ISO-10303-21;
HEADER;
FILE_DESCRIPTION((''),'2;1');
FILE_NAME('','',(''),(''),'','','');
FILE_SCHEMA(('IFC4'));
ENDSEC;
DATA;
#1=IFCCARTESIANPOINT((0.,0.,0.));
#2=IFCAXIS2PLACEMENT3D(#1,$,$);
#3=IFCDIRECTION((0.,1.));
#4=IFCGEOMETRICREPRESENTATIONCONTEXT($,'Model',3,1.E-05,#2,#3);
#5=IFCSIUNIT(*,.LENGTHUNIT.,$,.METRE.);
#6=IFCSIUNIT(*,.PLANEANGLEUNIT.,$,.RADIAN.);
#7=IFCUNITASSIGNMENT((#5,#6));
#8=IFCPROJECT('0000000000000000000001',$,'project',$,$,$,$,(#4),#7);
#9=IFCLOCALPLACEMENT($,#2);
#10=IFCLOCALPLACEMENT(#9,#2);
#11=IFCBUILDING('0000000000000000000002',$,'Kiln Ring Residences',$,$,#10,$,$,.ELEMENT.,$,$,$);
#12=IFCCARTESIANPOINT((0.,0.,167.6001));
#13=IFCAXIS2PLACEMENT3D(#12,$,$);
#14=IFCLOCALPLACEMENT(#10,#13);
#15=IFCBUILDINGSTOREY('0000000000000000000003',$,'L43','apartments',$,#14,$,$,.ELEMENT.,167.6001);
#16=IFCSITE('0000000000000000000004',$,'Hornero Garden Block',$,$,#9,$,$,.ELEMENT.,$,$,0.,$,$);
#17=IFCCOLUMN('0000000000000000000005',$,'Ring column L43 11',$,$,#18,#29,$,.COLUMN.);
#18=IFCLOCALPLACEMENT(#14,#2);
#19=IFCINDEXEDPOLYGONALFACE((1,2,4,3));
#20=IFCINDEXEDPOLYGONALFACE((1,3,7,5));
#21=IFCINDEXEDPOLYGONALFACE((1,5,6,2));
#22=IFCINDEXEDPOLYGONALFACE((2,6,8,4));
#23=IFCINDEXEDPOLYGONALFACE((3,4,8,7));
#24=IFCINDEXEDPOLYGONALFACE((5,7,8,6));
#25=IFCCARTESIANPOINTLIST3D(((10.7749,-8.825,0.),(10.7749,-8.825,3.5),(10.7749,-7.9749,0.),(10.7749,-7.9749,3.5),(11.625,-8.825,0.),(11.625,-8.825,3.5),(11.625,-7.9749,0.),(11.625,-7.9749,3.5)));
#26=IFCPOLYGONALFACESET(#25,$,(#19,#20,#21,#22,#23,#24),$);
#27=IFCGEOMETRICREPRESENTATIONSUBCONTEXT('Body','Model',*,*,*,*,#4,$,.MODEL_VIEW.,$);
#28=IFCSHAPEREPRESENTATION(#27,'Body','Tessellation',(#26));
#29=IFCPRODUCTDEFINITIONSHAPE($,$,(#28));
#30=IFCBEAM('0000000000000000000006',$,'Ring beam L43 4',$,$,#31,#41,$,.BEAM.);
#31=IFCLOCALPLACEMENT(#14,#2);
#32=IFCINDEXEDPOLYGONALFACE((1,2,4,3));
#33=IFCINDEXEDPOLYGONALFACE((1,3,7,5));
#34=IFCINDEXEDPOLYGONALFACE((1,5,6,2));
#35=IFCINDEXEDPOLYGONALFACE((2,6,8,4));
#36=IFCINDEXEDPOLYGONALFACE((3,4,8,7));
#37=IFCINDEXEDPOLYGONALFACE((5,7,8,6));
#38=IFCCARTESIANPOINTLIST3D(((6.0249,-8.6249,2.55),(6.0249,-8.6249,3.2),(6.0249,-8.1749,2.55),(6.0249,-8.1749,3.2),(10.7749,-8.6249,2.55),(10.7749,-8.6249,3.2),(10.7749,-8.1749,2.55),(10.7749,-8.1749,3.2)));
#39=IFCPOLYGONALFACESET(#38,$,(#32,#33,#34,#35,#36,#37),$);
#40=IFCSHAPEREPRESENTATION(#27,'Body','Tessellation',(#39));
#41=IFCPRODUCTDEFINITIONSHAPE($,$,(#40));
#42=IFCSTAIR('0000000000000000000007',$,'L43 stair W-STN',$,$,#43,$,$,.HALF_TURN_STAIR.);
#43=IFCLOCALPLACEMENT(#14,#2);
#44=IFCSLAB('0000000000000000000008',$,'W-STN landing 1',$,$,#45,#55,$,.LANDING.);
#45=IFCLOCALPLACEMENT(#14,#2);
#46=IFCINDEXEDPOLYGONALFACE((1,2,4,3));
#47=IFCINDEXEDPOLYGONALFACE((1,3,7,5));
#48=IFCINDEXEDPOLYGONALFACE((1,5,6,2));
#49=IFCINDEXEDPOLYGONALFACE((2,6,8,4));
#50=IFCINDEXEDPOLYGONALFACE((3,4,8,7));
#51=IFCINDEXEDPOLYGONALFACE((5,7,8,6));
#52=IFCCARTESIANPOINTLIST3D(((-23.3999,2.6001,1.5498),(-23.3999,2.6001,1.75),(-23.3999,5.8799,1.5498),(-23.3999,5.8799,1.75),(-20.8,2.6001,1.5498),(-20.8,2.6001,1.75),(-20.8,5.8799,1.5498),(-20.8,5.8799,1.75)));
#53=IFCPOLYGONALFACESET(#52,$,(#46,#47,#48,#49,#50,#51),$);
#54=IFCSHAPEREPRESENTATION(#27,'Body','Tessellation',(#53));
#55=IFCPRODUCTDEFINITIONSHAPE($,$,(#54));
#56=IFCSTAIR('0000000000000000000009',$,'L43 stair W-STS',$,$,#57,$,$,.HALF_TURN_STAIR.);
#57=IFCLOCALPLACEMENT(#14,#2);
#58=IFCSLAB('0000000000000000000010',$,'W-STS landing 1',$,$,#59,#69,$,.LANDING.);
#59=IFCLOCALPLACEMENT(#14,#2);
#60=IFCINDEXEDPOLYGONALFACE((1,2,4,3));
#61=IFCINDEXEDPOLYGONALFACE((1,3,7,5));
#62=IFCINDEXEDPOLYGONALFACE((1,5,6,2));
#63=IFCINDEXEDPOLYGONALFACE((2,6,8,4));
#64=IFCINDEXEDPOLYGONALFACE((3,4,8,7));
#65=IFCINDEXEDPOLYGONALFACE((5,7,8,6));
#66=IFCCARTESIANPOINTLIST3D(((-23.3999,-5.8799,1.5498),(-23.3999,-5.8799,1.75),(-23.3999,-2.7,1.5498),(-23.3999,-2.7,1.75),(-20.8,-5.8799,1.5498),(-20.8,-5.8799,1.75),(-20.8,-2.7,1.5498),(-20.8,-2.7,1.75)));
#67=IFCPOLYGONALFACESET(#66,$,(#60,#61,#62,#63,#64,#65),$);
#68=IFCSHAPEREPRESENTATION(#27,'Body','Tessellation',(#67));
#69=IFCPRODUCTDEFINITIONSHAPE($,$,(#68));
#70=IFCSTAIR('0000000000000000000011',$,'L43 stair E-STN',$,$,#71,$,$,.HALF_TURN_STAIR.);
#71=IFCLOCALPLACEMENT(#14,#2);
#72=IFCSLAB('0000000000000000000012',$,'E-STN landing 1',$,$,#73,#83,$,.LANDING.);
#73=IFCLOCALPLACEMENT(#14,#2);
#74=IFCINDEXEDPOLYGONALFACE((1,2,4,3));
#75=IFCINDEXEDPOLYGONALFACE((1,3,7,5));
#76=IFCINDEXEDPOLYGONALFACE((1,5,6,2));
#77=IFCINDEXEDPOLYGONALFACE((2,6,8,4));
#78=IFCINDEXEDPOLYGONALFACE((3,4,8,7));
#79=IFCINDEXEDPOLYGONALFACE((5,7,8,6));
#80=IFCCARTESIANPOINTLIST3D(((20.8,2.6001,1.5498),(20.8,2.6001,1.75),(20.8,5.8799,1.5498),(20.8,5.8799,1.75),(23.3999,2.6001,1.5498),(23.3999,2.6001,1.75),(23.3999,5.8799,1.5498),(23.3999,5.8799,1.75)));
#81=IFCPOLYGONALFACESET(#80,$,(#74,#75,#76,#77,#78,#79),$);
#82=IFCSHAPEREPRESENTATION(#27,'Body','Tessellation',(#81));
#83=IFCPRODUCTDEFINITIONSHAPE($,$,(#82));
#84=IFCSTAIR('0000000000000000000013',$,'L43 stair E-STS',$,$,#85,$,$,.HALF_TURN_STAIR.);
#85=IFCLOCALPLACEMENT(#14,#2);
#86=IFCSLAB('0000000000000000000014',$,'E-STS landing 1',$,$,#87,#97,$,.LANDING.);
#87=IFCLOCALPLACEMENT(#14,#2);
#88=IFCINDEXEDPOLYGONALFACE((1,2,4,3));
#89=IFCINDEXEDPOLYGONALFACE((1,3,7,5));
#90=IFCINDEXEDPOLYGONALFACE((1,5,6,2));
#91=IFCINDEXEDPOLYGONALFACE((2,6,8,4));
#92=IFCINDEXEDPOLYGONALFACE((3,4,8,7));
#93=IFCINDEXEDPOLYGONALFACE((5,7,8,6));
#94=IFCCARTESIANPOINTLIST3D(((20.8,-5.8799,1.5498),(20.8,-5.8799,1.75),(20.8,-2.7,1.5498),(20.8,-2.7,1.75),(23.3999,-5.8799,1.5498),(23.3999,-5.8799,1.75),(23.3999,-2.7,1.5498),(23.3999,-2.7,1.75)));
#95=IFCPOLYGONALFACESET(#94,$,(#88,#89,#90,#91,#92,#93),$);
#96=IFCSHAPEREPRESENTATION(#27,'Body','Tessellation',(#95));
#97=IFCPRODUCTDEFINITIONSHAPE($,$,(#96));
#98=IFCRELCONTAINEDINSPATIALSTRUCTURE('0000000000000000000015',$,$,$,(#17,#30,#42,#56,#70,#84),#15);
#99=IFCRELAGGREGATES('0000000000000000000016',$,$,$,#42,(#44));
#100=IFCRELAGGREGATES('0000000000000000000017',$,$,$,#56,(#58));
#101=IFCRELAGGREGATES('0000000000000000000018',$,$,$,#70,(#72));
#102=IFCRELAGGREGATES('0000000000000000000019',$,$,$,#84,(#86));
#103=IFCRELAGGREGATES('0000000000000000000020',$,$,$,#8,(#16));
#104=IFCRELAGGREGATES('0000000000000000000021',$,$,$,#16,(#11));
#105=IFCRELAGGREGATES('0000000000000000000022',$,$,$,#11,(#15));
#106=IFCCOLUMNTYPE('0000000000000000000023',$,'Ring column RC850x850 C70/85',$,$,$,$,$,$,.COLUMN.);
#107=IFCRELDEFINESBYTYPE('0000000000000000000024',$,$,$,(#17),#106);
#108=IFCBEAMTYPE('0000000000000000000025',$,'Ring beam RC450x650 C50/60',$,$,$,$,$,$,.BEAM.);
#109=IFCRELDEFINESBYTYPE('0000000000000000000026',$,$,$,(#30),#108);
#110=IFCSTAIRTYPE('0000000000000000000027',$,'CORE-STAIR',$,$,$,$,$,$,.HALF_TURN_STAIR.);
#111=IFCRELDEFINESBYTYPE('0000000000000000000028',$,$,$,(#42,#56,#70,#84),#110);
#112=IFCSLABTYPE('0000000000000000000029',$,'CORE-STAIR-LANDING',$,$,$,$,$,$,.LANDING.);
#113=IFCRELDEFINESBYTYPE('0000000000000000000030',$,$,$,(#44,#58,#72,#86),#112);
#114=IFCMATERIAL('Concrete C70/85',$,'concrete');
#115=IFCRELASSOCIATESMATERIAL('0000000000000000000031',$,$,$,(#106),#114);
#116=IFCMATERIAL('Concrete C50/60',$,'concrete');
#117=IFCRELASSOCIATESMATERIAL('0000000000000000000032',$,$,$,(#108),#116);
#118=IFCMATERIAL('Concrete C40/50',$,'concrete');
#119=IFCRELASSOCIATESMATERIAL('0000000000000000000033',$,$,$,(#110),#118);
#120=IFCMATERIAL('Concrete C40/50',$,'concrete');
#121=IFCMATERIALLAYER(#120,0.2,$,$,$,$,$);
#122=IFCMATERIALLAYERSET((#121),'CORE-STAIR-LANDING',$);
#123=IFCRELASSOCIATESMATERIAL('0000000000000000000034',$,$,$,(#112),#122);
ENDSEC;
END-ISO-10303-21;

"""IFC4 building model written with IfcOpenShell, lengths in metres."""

from ifc_helpers import new_model, si_unit, direction, frame, origin, origin_2d, place, context, subcontext, project, spatial, polyline, rectangle, outline, extrude, material, layer, layer_set, material_profile, profile_set, type_object, element, aggregate, save


model = new_model("IFC4")

# Units and contexts
model_context = context("Model", 3, precision=1e-05, world=origin(), true_north=direction((0.0, 1.0)))
body_context = subcontext(model_context, "Body", "Model", "MODEL_VIEW")
ifc_project = project(units=[si_unit("LENGTHUNIT", "METRE"), si_unit("PLANEANGLEUNIT", "RADIAN")], contexts=[model_context])

# Site, building, storey
site_placement = place(None, origin())
site = spatial("IfcSite", under=ifc_project, at=site_placement, Name="Hornero Garden Block", CompositionType="ELEMENT", RefElevation=0.0)
building_placement = place(site_placement, origin())
building = spatial("IfcBuilding", under=site, at=building_placement, Name="Kiln Ring Residences", CompositionType="ELEMENT")
storey_placement = place(building_placement, frame((0.0, 0.0, 167.6001)))
storey = spatial("IfcBuildingStorey", under=building, at=storey_placement, Name="L43", Description="apartments", CompositionType="ELEMENT", Elevation=167.6001)

# Column
ifc_material_1 = material(Name="Concrete C70/85", Category="concrete")
ifc_material_profile_1 = material_profile(ifc_material_1, rectangle(XDim=0.8501, YDim=0.8501, at=origin_2d()), Name="RC850x850")
ifc_profile_set_1 = profile_set([ifc_material_profile_1], Name="Concrete C70/85")
column_type = type_object("IfcColumnType", Name="Ring column RC850x850 C70/85", PredefinedType="COLUMN", material=ifc_profile_set_1)
column_placement = place(storey_placement, frame((11.2, -8.3999, 0.0), z_axis=(0.0, 0.0, 1.0), x_axis=(1.0, 0.0, 0.0)))
element("IfcColumn", 1, at=column_placement, inside=storey, type_object=column_type, Name="Ring column L43 11", PredefinedType="COLUMN", context=body_context, shape_type="SweptSolid", body=[
    extrude(rectangle(XDim=0.8501, YDim=0.8501, at=origin_2d()), origin(), (0.0, 0.0, 1.0), 3.5),
])

# Beam
ifc_material_2 = material(Name="Concrete C50/60", Category="concrete")
ifc_material_profile_2 = material_profile(ifc_material_2, rectangle(XDim=0.45, YDim=0.6499, at=origin_2d()), Name="RC450x650")
ifc_profile_set_2 = profile_set([ifc_material_profile_2], Name="Concrete C50/60")
beam_type = type_object("IfcBeamType", Name="Ring beam RC450x650 C50/60", PredefinedType="BEAM", material=ifc_profile_set_2)
beam_placement = place(storey_placement, frame((6.0249, -8.3999, 2.875), z_axis=(1.0, 0.0, 0.0), x_axis=(0.0, 1.0, 0.0)))
element("IfcBeam", 2, at=beam_placement, inside=storey, type_object=beam_type, Name="Ring beam L43 4", PredefinedType="BEAM", context=body_context, shape_type="SweptSolid", body=[
    extrude(rectangle(XDim=0.45, YDim=0.6499, at=origin_2d()), origin(), (0.0, 0.0, 1.0), 4.75),
])

# Stairs, slabs
ifc_material_3 = material(Name="Concrete C40/50", Category="concrete")
stair_type = type_object("IfcStairType", Name="CORE-STAIR", PredefinedType="HALF_TURN_STAIR", material=ifc_material_3)
placement_1 = place(storey_placement, origin())
stair_1 = element("IfcStair", 3, at=placement_1, inside=storey, type_object=stair_type, Name="L43 stair W-STN", PredefinedType="HALF_TURN_STAIR")
ifc_material_4 = material(Name="Concrete C40/50", Category="concrete")
ifc_layer_1 = layer(ifc_material_4, 0.2)
ifc_layer_set_1 = layer_set([ifc_layer_1], Name="CORE-STAIR-LANDING")
slab_type = type_object("IfcSlabType", Name="CORE-STAIR-LANDING", PredefinedType="LANDING", material=ifc_layer_set_1)
placement_2 = place(storey_placement, frame((0.0, 0.0, 1.5498)))
slab_1 = element("IfcSlab", 4, at=placement_2, type_object=slab_type, Name="W-STN landing 1", PredefinedType="LANDING", context=body_context, shape_type="SweptSolid", body=[
    extrude(outline(polyline([(-23.3999, 5.8799), (-23.3999, 2.6001), (-20.8, 2.6001), (-20.8, 5.8799), (-23.3999, 5.8799)])), origin(), (0.0, 0.0, 1.0), 0.2002),
])
aggregate(stair_1, [slab_1])
stair_2 = element("IfcStair", 5, at=placement_1, inside=storey, type_object=stair_type, Name="L43 stair W-STS", PredefinedType="HALF_TURN_STAIR")
slab_2 = element("IfcSlab", 6, at=placement_2, type_object=slab_type, Name="W-STS landing 1", PredefinedType="LANDING", context=body_context, shape_type="SweptSolid", body=[
    extrude(outline(polyline([(-20.8, -5.8799), (-20.8, -2.7), (-23.3999, -2.7), (-23.3999, -5.8799), (-20.8, -5.8799)])), origin(), (0.0, 0.0, 1.0), 0.2002),
])
aggregate(stair_2, [slab_2])
stair_3 = element("IfcStair", 7, at=placement_1, inside=storey, type_object=stair_type, Name="L43 stair E-STN", PredefinedType="HALF_TURN_STAIR")
slab_3 = element("IfcSlab", 8, at=placement_2, type_object=slab_type, Name="E-STN landing 1", PredefinedType="LANDING", context=body_context, shape_type="SweptSolid", body=[
    extrude(outline(polyline([(20.8, 5.8799), (20.8, 2.6001), (23.3999, 2.6001), (23.3999, 5.8799), (20.8, 5.8799)])), origin(), (0.0, 0.0, 1.0), 0.2002),
])
aggregate(stair_3, [slab_3])
stair_4 = element("IfcStair", 9, at=placement_1, inside=storey, type_object=stair_type, Name="L43 stair E-STS", PredefinedType="HALF_TURN_STAIR")
slab_4 = element("IfcSlab", 10, at=placement_2, type_object=slab_type, Name="E-STS landing 1", PredefinedType="LANDING", context=body_context, shape_type="SweptSolid", body=[
    extrude(outline(polyline([(23.3999, -5.8799), (23.3999, -2.7), (20.8, -2.7), (20.8, -5.8799), (23.3999, -5.8799)])), origin(), (0.0, 0.0, 1.0), 0.2002),
])
aggregate(stair_4, [slab_4])

save(model, "model.ifc")
